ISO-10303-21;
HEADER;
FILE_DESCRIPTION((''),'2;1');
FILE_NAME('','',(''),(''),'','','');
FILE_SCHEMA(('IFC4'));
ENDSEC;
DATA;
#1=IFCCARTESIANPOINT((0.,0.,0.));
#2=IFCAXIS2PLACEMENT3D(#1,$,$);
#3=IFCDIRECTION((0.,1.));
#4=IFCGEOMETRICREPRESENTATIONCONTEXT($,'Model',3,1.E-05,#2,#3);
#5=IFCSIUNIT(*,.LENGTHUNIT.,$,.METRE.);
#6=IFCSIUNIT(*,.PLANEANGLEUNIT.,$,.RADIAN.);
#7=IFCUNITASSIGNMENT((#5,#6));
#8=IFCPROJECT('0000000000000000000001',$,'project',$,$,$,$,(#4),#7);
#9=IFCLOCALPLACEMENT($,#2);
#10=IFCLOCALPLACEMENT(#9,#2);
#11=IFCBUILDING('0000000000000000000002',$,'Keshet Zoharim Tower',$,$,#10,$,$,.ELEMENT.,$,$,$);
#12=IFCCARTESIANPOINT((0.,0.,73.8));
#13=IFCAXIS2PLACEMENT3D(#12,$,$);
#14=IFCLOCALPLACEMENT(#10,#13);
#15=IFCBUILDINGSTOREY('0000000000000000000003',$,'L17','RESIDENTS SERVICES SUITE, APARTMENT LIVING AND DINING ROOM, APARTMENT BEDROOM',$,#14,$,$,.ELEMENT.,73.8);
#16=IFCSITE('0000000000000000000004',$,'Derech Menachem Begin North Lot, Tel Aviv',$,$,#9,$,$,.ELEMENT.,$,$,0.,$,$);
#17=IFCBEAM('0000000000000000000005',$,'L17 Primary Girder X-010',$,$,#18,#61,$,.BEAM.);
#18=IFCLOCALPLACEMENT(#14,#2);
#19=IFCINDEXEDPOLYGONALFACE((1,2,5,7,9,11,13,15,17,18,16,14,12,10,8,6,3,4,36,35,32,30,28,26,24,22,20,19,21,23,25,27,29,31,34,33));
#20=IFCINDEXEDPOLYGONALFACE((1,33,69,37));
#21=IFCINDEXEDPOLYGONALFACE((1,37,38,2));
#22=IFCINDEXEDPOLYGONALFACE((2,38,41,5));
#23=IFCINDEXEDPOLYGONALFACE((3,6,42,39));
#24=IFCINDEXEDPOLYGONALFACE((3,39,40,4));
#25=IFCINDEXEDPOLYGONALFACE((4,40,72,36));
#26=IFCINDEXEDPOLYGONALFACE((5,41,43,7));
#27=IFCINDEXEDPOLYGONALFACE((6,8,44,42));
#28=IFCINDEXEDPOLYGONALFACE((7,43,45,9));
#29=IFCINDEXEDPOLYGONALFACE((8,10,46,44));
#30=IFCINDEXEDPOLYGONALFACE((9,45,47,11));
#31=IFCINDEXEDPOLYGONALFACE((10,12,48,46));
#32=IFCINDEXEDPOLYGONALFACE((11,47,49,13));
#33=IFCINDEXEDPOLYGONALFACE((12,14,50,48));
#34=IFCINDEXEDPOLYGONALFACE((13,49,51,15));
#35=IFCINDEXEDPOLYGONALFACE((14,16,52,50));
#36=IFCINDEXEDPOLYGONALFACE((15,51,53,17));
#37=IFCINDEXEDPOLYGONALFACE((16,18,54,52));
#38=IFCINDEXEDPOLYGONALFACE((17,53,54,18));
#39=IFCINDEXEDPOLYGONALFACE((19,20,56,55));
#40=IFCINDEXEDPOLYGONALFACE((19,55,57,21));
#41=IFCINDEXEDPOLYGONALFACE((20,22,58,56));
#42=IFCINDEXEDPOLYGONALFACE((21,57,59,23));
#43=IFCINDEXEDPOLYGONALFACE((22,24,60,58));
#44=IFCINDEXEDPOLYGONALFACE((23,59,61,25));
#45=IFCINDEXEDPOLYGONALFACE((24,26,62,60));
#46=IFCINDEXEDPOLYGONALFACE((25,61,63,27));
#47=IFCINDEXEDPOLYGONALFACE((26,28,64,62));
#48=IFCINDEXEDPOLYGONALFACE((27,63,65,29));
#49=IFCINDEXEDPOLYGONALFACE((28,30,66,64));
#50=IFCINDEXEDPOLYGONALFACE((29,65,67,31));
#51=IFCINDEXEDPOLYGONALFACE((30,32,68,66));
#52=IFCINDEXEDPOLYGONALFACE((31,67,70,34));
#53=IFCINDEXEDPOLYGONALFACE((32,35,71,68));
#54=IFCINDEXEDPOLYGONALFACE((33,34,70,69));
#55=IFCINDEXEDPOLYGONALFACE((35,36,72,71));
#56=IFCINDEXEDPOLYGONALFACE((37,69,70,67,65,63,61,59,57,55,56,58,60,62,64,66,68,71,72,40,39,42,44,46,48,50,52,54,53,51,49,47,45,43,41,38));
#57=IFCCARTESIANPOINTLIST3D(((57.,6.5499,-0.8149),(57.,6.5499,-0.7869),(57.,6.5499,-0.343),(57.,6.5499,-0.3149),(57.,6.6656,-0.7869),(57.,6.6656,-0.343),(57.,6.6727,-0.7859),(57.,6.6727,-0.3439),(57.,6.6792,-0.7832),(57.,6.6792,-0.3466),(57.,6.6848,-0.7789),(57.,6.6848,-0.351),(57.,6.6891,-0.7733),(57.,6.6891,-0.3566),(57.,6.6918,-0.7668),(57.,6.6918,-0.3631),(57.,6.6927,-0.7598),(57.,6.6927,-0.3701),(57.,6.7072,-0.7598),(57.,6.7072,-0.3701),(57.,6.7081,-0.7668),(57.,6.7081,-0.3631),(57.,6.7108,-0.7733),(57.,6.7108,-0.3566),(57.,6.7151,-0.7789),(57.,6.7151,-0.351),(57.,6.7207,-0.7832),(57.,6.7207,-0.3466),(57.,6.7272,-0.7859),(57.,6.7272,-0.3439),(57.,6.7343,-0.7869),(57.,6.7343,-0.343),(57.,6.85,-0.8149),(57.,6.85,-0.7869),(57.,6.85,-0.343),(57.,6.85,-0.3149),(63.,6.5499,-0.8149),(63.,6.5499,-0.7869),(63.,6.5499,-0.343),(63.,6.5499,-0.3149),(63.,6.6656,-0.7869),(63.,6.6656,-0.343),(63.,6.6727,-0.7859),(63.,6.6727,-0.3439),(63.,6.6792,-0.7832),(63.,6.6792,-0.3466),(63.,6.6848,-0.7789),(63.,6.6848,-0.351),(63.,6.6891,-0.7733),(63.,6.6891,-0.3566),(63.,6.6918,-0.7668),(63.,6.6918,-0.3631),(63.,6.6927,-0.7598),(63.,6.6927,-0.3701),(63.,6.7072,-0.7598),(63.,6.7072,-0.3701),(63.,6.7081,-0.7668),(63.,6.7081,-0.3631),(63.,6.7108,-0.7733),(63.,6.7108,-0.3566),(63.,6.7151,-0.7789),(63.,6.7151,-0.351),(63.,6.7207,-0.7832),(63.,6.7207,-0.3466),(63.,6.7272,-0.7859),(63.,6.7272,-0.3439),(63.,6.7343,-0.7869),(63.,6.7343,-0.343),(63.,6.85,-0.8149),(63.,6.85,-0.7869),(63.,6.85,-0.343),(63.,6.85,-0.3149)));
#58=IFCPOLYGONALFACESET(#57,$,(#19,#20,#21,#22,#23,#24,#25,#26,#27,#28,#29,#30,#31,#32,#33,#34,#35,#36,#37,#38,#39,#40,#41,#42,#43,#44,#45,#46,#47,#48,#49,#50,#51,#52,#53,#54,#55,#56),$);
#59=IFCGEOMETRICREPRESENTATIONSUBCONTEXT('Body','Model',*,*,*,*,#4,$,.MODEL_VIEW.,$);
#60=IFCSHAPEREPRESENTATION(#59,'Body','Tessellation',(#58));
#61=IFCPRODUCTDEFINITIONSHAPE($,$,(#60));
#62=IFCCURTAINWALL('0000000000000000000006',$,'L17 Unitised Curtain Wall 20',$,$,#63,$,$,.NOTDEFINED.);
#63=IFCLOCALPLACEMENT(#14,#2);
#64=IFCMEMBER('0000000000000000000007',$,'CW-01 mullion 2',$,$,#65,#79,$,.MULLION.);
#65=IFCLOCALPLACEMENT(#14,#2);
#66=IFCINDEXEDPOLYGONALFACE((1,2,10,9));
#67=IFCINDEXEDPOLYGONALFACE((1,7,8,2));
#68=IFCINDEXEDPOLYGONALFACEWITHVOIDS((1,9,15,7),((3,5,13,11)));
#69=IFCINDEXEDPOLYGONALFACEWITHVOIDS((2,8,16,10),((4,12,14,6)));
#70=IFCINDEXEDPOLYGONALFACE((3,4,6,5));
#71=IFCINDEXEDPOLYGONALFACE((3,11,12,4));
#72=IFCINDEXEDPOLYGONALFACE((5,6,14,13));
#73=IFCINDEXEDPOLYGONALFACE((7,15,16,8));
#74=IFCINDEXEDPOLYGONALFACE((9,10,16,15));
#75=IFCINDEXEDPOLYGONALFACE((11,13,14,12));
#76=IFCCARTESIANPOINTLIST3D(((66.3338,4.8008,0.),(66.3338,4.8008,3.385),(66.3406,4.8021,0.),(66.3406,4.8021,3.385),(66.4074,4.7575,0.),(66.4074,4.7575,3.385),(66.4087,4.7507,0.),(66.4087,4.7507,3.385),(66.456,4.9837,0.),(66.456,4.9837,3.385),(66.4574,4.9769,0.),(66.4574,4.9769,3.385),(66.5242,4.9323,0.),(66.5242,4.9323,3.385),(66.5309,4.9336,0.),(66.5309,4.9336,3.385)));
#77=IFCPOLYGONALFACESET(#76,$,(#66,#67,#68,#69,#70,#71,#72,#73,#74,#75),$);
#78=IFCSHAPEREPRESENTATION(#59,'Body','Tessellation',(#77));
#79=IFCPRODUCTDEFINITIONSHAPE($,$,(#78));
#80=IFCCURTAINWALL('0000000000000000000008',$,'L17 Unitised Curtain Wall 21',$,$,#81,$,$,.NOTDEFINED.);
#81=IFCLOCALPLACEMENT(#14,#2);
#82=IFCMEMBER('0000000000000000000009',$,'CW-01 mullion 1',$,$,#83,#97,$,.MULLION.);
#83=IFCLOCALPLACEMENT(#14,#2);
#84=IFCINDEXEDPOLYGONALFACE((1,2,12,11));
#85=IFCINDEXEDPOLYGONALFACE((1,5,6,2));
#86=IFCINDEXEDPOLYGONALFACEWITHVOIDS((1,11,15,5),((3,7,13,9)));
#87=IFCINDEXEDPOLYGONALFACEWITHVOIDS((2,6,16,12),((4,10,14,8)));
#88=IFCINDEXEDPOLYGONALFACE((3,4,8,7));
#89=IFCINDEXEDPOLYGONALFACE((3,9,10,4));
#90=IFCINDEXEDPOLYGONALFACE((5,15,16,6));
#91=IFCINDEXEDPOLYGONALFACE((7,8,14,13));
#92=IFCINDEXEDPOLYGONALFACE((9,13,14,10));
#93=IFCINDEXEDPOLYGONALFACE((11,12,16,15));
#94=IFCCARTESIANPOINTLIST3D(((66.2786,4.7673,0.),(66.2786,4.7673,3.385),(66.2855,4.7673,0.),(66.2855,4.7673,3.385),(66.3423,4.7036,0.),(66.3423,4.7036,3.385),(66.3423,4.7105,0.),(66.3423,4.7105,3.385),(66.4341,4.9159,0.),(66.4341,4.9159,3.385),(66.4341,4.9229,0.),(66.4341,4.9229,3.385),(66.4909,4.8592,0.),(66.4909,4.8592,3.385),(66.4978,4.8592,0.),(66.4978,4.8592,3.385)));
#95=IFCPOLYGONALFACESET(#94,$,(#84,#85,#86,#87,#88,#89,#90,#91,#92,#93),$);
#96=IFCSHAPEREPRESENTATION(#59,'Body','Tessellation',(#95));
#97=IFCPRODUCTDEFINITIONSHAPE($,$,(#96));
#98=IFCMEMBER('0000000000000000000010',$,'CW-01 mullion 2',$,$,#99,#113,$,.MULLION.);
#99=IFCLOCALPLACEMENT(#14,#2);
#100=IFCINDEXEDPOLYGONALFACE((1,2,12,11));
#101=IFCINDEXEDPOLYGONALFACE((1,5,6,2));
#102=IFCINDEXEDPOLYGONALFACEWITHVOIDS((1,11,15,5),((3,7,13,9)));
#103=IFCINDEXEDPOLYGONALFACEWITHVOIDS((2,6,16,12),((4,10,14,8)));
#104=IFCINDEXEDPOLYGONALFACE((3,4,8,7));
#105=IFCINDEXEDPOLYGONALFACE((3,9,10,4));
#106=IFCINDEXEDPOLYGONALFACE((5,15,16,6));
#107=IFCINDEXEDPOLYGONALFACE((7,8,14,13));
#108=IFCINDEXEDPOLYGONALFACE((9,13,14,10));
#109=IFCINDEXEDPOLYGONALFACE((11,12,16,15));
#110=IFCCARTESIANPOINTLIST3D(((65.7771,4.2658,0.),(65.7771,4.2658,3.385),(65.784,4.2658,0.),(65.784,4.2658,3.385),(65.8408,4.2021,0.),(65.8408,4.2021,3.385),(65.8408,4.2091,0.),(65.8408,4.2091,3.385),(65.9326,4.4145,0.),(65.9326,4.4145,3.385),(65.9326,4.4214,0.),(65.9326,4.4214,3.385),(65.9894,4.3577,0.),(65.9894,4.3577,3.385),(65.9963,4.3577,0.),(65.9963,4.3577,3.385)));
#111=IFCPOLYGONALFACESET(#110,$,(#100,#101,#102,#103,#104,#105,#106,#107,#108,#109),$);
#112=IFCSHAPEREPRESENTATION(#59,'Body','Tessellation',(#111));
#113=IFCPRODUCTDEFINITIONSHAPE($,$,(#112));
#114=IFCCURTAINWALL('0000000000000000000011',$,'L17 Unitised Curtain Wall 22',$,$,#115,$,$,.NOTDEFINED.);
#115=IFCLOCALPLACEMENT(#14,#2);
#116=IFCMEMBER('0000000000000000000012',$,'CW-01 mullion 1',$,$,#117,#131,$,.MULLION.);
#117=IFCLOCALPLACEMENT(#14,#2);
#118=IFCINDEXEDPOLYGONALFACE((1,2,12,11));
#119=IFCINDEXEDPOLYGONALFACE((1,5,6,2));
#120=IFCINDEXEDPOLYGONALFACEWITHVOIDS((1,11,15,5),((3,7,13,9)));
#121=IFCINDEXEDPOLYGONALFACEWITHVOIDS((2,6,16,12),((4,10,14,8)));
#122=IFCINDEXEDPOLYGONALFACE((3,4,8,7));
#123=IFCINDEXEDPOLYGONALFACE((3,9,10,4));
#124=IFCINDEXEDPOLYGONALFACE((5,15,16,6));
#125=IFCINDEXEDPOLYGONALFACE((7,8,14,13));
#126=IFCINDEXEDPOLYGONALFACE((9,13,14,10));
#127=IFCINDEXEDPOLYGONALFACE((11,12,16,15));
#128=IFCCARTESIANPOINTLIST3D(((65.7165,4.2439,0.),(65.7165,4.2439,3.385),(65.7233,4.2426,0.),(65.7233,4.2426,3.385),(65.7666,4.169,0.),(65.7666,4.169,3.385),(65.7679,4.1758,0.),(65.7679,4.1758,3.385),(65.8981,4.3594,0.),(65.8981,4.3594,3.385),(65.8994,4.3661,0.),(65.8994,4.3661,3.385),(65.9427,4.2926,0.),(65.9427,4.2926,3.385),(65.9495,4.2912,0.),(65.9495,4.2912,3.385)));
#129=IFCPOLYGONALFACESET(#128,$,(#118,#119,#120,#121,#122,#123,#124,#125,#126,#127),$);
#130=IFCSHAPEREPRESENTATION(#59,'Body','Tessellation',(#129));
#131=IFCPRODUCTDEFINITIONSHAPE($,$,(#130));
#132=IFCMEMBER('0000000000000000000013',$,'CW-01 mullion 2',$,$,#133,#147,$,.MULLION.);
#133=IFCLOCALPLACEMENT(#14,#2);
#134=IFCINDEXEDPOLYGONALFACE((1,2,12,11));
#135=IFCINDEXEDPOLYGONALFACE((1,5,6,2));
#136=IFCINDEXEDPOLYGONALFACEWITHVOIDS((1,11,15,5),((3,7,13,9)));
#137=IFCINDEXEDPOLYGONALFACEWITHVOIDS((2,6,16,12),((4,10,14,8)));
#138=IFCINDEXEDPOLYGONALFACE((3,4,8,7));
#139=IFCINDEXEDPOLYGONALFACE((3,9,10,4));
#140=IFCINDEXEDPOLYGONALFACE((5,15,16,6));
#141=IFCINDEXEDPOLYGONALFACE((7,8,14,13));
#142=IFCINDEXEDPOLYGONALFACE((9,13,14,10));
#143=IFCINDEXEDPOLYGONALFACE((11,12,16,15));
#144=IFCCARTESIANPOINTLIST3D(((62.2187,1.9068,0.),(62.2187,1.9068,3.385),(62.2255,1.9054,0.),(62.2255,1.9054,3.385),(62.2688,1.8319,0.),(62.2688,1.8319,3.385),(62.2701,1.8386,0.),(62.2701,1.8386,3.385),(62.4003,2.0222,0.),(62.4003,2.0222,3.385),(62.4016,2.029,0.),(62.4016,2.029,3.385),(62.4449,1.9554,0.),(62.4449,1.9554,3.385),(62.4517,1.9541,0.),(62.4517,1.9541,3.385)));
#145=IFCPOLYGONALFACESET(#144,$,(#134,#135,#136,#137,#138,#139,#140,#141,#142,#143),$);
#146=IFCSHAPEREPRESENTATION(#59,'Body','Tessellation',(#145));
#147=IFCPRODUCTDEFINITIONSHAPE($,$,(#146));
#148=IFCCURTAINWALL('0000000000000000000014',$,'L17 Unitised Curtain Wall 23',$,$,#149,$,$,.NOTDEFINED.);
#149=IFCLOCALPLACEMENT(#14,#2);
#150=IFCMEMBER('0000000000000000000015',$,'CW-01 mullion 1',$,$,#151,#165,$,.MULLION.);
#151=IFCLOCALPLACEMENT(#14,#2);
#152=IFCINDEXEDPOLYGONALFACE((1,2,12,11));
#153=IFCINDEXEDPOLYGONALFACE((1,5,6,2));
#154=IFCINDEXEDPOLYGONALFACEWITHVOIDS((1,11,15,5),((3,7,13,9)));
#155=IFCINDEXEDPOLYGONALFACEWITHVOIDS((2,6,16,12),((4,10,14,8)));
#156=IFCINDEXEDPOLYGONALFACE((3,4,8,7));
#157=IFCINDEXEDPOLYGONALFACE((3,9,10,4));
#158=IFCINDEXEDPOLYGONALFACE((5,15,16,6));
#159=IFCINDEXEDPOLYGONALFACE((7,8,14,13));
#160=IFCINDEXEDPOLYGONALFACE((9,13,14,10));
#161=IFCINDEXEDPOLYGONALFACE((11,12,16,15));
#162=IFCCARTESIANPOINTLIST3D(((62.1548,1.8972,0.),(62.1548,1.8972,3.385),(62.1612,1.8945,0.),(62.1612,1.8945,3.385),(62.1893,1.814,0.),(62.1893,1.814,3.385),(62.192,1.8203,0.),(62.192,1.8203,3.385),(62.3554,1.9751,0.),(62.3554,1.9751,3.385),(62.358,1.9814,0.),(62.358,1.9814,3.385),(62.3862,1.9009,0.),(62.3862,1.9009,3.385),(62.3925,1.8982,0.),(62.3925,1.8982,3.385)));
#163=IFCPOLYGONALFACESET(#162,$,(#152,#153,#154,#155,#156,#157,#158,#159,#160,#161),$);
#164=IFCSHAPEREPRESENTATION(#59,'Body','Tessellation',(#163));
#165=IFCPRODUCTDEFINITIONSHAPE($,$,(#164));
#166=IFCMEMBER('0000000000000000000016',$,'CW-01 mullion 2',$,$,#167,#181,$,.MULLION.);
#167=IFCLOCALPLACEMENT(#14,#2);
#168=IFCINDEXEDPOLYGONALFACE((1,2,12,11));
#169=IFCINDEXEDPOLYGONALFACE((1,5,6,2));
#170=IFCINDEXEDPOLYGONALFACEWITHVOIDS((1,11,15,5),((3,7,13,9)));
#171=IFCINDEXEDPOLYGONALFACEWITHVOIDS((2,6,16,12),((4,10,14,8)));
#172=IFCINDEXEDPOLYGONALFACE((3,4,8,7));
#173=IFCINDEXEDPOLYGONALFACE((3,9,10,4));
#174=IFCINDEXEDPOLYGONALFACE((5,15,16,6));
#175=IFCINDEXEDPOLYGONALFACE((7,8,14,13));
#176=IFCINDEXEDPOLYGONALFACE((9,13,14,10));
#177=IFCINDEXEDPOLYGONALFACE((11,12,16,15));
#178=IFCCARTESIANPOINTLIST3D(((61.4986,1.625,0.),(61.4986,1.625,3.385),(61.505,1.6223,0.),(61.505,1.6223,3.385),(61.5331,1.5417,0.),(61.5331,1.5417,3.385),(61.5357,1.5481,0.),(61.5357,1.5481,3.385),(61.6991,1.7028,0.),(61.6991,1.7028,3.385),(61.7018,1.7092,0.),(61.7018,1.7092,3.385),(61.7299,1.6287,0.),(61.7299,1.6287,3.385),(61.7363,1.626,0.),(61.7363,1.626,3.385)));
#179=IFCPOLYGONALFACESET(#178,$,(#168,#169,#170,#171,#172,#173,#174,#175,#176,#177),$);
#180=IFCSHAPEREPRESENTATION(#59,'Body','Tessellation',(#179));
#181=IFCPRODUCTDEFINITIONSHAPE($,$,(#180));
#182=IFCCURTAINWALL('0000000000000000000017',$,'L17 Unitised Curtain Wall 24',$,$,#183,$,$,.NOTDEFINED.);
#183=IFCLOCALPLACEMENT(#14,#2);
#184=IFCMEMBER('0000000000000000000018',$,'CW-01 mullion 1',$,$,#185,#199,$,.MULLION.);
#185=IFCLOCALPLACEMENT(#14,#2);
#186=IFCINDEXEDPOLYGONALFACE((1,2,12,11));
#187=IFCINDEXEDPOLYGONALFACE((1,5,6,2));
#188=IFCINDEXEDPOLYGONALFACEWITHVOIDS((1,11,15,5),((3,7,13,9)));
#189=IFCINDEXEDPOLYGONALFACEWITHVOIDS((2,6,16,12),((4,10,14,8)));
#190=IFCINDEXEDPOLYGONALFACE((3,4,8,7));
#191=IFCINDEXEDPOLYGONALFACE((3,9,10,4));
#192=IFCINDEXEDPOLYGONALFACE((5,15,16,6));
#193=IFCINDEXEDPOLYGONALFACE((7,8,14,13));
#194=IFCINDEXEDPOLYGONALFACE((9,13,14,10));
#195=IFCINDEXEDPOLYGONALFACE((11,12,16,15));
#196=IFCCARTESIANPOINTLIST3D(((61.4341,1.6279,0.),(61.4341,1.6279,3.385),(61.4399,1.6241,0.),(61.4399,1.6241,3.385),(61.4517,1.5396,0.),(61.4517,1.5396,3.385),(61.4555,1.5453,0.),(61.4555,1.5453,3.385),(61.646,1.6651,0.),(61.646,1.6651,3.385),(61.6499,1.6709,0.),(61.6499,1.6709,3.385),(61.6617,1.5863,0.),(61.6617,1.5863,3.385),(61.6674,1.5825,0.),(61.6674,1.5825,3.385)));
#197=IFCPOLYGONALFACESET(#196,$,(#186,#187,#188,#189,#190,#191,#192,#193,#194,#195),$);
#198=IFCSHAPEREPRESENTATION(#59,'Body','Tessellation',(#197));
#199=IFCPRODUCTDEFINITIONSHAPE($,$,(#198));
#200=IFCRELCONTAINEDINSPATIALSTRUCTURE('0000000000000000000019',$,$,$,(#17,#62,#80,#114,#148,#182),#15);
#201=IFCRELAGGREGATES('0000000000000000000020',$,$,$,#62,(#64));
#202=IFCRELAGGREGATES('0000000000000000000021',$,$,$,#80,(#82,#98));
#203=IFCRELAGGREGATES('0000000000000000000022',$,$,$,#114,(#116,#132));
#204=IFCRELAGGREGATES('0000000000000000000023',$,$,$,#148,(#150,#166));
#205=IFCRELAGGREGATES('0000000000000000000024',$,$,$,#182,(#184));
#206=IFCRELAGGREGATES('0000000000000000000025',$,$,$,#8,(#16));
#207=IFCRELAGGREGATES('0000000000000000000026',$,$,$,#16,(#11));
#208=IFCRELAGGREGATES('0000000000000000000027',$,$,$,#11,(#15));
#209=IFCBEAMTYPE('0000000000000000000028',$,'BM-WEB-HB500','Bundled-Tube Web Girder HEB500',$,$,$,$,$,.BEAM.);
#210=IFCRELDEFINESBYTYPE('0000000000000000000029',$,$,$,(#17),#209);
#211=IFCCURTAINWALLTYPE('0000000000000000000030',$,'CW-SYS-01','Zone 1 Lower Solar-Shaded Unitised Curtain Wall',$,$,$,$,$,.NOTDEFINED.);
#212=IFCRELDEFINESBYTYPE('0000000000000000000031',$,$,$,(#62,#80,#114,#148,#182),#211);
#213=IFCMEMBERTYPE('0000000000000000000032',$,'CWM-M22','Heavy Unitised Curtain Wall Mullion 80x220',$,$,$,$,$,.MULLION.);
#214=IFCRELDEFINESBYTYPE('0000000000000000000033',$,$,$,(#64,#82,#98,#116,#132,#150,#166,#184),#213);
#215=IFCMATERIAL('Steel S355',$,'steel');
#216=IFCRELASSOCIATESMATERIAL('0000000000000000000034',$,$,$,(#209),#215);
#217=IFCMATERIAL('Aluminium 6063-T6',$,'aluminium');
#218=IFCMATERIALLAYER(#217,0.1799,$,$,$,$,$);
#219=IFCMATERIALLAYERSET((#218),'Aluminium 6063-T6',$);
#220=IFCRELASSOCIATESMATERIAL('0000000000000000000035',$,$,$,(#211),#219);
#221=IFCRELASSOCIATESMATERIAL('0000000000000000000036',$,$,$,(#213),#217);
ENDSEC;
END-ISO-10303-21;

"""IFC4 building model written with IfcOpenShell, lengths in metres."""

from ifc_helpers import new_model, si_unit, direction, frame, origin, origin_2d, place, context, subcontext, project, spatial, hollow_rectangle, i_section, extrude, material, layer, layer_set, material_profile, profile_set, type_object, element, aggregate, save


model = new_model("IFC4")

# Units and contexts
model_context = context("Model", 3, precision=1e-05, world=origin(), true_north=direction((0.0, 1.0)))
body_context = subcontext(model_context, "Body", "Model", "MODEL_VIEW")
ifc_project = project(units=[si_unit("LENGTHUNIT", "METRE"), si_unit("PLANEANGLEUNIT", "RADIAN")], contexts=[model_context])

# Site, building, storey
site_placement = place(None, origin())
site = spatial("IfcSite", under=ifc_project, at=site_placement, Name="Derech Menachem Begin North Lot, Tel Aviv", CompositionType="ELEMENT", RefElevation=0.0)
building_placement = place(site_placement, origin())
building = spatial("IfcBuilding", under=site, at=building_placement, Name="Keshet Zoharim Tower", CompositionType="ELEMENT")
storey_placement = place(building_placement, frame((0.0, 0.0, 73.8)))
storey = spatial("IfcBuildingStorey", under=building, at=storey_placement, Name="L17", Description="RESIDENTS SERVICES SUITE, APARTMENT LIVING AND DINING ROOM, APARTMENT BEDROOM", CompositionType="ELEMENT", Elevation=73.8)

# Shared definitions
ifc_material_1 = material(Name="Steel S355", Category="steel")

# Beam
ifc_material_profile_1 = material_profile(ifc_material_1, i_section(OverallWidth=0.3, OverallDepth=0.5, WebThickness=0.0144, FlangeThickness=0.0281, FilletRadius=0.0271, at=origin_2d()), Name="HEB500")
ifc_profile_set_1 = profile_set([ifc_material_profile_1], Name="Steel S355")
beam_type_1 = type_object("IfcBeamType", Name="BM-WEB-HB500", Description="Bundled-Tube Web Girder HEB500", PredefinedType="BEAM", material=ifc_profile_set_1)
beam_placement = place(storey_placement, frame((57.0, 6.7, -0.5649), z_axis=(1.0, 0.0, 0.0), x_axis=(0.0, 1.0, 0.0)))
element("IfcBeam", 1, at=beam_placement, inside=storey, type_object=beam_type_1, Name="L17 Primary Girder X-010", PredefinedType="BEAM", context=body_context, shape_type="SweptSolid", body=[
    extrude(i_section(OverallWidth=0.3, OverallDepth=0.5, WebThickness=0.0144, FlangeThickness=0.0281, FilletRadius=0.0271, at=origin_2d()), origin(), (0.0, 0.0, 1.0), 6.0),
])

# Curtain wall, member
ifc_material_2 = material(Name="Aluminium 6063-T6", Category="aluminium")
ifc_layer_1 = layer(ifc_material_2, 0.1799)
ifc_layer_set_1 = layer_set([ifc_layer_1], Name="Aluminium 6063-T6")
curtain_wall_type = type_object("IfcCurtainWallType", Name="CW-SYS-01", Description="Zone 1 Lower Solar-Shaded Unitised Curtain Wall", PredefinedType="NOTDEFINED", material=ifc_layer_set_1)
curtain_wall_1_placement = place(storey_placement, origin())
curtain_wall_1 = element("IfcCurtainWall", 2, at=curtain_wall_1_placement, inside=storey, type_object=curtain_wall_type, Name="L17 Unitised Curtain Wall 20", PredefinedType="NOTDEFINED")
ifc_material_profile_2 = material_profile(ifc_material_2, hollow_rectangle(XDim=0.0901, YDim=0.22, WallThickness=0.0049, at=origin_2d()), Name="MUL-90x220")
ifc_profile_set_2 = profile_set([ifc_material_profile_2], Name="Aluminium 6063-T6")
member_type_1 = type_object("IfcMemberType", Name="CWM-M22", Description="Heavy Unitised Curtain Wall Mullion 80x220", PredefinedType="MULLION", material=ifc_profile_set_2)
member_1_placement = place(storey_placement, frame((66.4324, 4.8672, 0.0), z_axis=(0.0, 0.0, 1.0), x_axis=(0.831474, -0.555563, 0.0)))
member_1 = element("IfcMember", 3, at=member_1_placement, type_object=member_type_1, Name="CW-01 mullion 2", PredefinedType="MULLION", context=body_context, shape_type="SweptSolid", body=[
    extrude(hollow_rectangle(XDim=0.0901, YDim=0.22, WallThickness=0.0049, at=origin_2d()), origin(), (0.0, 0.0, 1.0), 3.385),
])

# Curtain walls, members
curtain_wall_2_placement = place(storey_placement, origin())
curtain_wall_2 = element("IfcCurtainWall", 4, at=curtain_wall_2_placement, inside=storey, type_object=curtain_wall_type, Name="L17 Unitised Curtain Wall 21", PredefinedType="NOTDEFINED")
member_2_placement = place(storey_placement, frame((66.3882, 4.8132, 0.0), z_axis=(0.0, 0.0, 1.0), x_axis=(0.707107, -0.707107, 0.0)))
member_2 = element("IfcMember", 5, at=member_2_placement, type_object=member_type_1, Name="CW-01 mullion 1", PredefinedType="MULLION", context=body_context, shape_type="SweptSolid", body=[
    extrude(hollow_rectangle(XDim=0.0901, YDim=0.22, WallThickness=0.0049, at=origin_2d()), origin(), (0.0, 0.0, 1.0), 3.385),
])
member_3_placement = place(storey_placement, frame((65.8867, 4.3118, 0.0), z_axis=(0.0, 0.0, 1.0), x_axis=(0.707107, -0.707107, 0.0)))
member_3 = element("IfcMember", 6, at=member_3_placement, type_object=member_type_1, Name="CW-01 mullion 2", PredefinedType="MULLION", context=body_context, shape_type="SweptSolid", body=[
    extrude(hollow_rectangle(XDim=0.0901, YDim=0.22, WallThickness=0.0049, at=origin_2d()), origin(), (0.0, 0.0, 1.0), 3.385),
])
curtain_wall_3_placement = place(storey_placement, origin())
curtain_wall_3 = element("IfcCurtainWall", 7, at=curtain_wall_3_placement, inside=storey, type_object=curtain_wall_type, Name="L17 Unitised Curtain Wall 22", PredefinedType="NOTDEFINED")
member_4_placement = place(storey_placement, frame((65.833, 4.2676, 0.0), z_axis=(0.0, 0.0, 1.0), x_axis=(0.555563, -0.831474, 0.0)))
member_4 = element("IfcMember", 8, at=member_4_placement, type_object=member_type_1, Name="CW-01 mullion 1", PredefinedType="MULLION", context=body_context, shape_type="SweptSolid", body=[
    extrude(hollow_rectangle(XDim=0.0901, YDim=0.22, WallThickness=0.0049, at=origin_2d()), origin(), (0.0, 0.0, 1.0), 3.385),
])
member_5_placement = place(storey_placement, frame((62.3352, 1.9304, 0.0), z_axis=(0.0, 0.0, 1.0), x_axis=(0.555563, -0.831474, 0.0)))
member_5 = element("IfcMember", 9, at=member_5_placement, type_object=member_type_1, Name="CW-01 mullion 2", PredefinedType="MULLION", context=body_context, shape_type="SweptSolid", body=[
    extrude(hollow_rectangle(XDim=0.0901, YDim=0.22, WallThickness=0.0049, at=origin_2d()), origin(), (0.0, 0.0, 1.0), 3.385),
])
curtain_wall_4_placement = place(storey_placement, origin())
curtain_wall_4 = element("IfcCurtainWall", 10, at=curtain_wall_4_placement, inside=storey, type_object=curtain_wall_type, Name="L17 Unitised Curtain Wall 23", PredefinedType="NOTDEFINED")
member_6_placement = place(storey_placement, frame((62.2737, 1.8977, 0.0), z_axis=(0.0, 0.0, 1.0), x_axis=(0.383068, -0.92372, 0.0)))
member_6 = element("IfcMember", 11, at=member_6_placement, type_object=member_type_1, Name="CW-01 mullion 1", PredefinedType="MULLION", context=body_context, shape_type="SweptSolid", body=[
    extrude(hollow_rectangle(XDim=0.0901, YDim=0.22, WallThickness=0.0049, at=origin_2d()), origin(), (0.0, 0.0, 1.0), 3.385),
])
member_7_placement = place(storey_placement, frame((61.6174, 1.6255, 0.0), z_axis=(0.0, 0.0, 1.0), x_axis=(0.383068, -0.92372, 0.0)))
member_7 = element("IfcMember", 12, at=member_7_placement, type_object=member_type_1, Name="CW-01 mullion 2", PredefinedType="MULLION", context=body_context, shape_type="SweptSolid", body=[
    extrude(hollow_rectangle(XDim=0.0901, YDim=0.22, WallThickness=0.0049, at=origin_2d()), origin(), (0.0, 0.0, 1.0), 3.385),
])
curtain_wall_5_placement = place(storey_placement, origin())
curtain_wall_5 = element("IfcCurtainWall", 13, at=curtain_wall_5_placement, inside=storey, type_object=curtain_wall_type, Name="L17 Unitised Curtain Wall 24", PredefinedType="NOTDEFINED")
member_8_placement = place(storey_placement, frame((61.5508, 1.6052, 0.0), z_axis=(0.0, 0.0, 1.0), x_axis=(0.195171, -0.980769, 0.0)))
member_8 = element("IfcMember", 14, at=member_8_placement, type_object=member_type_1, Name="CW-01 mullion 1", PredefinedType="MULLION", context=body_context, shape_type="SweptSolid", body=[
    extrude(hollow_rectangle(XDim=0.0901, YDim=0.22, WallThickness=0.0049, at=origin_2d()), origin(), (0.0, 0.0, 1.0), 3.385),
])

aggregate(curtain_wall_1, [member_1])
aggregate(curtain_wall_2, [member_2, member_3])
aggregate(curtain_wall_3, [member_4, member_5])
aggregate(curtain_wall_4, [member_6, member_7])
aggregate(curtain_wall_5, [member_8])

save(model, "model.ifc")
